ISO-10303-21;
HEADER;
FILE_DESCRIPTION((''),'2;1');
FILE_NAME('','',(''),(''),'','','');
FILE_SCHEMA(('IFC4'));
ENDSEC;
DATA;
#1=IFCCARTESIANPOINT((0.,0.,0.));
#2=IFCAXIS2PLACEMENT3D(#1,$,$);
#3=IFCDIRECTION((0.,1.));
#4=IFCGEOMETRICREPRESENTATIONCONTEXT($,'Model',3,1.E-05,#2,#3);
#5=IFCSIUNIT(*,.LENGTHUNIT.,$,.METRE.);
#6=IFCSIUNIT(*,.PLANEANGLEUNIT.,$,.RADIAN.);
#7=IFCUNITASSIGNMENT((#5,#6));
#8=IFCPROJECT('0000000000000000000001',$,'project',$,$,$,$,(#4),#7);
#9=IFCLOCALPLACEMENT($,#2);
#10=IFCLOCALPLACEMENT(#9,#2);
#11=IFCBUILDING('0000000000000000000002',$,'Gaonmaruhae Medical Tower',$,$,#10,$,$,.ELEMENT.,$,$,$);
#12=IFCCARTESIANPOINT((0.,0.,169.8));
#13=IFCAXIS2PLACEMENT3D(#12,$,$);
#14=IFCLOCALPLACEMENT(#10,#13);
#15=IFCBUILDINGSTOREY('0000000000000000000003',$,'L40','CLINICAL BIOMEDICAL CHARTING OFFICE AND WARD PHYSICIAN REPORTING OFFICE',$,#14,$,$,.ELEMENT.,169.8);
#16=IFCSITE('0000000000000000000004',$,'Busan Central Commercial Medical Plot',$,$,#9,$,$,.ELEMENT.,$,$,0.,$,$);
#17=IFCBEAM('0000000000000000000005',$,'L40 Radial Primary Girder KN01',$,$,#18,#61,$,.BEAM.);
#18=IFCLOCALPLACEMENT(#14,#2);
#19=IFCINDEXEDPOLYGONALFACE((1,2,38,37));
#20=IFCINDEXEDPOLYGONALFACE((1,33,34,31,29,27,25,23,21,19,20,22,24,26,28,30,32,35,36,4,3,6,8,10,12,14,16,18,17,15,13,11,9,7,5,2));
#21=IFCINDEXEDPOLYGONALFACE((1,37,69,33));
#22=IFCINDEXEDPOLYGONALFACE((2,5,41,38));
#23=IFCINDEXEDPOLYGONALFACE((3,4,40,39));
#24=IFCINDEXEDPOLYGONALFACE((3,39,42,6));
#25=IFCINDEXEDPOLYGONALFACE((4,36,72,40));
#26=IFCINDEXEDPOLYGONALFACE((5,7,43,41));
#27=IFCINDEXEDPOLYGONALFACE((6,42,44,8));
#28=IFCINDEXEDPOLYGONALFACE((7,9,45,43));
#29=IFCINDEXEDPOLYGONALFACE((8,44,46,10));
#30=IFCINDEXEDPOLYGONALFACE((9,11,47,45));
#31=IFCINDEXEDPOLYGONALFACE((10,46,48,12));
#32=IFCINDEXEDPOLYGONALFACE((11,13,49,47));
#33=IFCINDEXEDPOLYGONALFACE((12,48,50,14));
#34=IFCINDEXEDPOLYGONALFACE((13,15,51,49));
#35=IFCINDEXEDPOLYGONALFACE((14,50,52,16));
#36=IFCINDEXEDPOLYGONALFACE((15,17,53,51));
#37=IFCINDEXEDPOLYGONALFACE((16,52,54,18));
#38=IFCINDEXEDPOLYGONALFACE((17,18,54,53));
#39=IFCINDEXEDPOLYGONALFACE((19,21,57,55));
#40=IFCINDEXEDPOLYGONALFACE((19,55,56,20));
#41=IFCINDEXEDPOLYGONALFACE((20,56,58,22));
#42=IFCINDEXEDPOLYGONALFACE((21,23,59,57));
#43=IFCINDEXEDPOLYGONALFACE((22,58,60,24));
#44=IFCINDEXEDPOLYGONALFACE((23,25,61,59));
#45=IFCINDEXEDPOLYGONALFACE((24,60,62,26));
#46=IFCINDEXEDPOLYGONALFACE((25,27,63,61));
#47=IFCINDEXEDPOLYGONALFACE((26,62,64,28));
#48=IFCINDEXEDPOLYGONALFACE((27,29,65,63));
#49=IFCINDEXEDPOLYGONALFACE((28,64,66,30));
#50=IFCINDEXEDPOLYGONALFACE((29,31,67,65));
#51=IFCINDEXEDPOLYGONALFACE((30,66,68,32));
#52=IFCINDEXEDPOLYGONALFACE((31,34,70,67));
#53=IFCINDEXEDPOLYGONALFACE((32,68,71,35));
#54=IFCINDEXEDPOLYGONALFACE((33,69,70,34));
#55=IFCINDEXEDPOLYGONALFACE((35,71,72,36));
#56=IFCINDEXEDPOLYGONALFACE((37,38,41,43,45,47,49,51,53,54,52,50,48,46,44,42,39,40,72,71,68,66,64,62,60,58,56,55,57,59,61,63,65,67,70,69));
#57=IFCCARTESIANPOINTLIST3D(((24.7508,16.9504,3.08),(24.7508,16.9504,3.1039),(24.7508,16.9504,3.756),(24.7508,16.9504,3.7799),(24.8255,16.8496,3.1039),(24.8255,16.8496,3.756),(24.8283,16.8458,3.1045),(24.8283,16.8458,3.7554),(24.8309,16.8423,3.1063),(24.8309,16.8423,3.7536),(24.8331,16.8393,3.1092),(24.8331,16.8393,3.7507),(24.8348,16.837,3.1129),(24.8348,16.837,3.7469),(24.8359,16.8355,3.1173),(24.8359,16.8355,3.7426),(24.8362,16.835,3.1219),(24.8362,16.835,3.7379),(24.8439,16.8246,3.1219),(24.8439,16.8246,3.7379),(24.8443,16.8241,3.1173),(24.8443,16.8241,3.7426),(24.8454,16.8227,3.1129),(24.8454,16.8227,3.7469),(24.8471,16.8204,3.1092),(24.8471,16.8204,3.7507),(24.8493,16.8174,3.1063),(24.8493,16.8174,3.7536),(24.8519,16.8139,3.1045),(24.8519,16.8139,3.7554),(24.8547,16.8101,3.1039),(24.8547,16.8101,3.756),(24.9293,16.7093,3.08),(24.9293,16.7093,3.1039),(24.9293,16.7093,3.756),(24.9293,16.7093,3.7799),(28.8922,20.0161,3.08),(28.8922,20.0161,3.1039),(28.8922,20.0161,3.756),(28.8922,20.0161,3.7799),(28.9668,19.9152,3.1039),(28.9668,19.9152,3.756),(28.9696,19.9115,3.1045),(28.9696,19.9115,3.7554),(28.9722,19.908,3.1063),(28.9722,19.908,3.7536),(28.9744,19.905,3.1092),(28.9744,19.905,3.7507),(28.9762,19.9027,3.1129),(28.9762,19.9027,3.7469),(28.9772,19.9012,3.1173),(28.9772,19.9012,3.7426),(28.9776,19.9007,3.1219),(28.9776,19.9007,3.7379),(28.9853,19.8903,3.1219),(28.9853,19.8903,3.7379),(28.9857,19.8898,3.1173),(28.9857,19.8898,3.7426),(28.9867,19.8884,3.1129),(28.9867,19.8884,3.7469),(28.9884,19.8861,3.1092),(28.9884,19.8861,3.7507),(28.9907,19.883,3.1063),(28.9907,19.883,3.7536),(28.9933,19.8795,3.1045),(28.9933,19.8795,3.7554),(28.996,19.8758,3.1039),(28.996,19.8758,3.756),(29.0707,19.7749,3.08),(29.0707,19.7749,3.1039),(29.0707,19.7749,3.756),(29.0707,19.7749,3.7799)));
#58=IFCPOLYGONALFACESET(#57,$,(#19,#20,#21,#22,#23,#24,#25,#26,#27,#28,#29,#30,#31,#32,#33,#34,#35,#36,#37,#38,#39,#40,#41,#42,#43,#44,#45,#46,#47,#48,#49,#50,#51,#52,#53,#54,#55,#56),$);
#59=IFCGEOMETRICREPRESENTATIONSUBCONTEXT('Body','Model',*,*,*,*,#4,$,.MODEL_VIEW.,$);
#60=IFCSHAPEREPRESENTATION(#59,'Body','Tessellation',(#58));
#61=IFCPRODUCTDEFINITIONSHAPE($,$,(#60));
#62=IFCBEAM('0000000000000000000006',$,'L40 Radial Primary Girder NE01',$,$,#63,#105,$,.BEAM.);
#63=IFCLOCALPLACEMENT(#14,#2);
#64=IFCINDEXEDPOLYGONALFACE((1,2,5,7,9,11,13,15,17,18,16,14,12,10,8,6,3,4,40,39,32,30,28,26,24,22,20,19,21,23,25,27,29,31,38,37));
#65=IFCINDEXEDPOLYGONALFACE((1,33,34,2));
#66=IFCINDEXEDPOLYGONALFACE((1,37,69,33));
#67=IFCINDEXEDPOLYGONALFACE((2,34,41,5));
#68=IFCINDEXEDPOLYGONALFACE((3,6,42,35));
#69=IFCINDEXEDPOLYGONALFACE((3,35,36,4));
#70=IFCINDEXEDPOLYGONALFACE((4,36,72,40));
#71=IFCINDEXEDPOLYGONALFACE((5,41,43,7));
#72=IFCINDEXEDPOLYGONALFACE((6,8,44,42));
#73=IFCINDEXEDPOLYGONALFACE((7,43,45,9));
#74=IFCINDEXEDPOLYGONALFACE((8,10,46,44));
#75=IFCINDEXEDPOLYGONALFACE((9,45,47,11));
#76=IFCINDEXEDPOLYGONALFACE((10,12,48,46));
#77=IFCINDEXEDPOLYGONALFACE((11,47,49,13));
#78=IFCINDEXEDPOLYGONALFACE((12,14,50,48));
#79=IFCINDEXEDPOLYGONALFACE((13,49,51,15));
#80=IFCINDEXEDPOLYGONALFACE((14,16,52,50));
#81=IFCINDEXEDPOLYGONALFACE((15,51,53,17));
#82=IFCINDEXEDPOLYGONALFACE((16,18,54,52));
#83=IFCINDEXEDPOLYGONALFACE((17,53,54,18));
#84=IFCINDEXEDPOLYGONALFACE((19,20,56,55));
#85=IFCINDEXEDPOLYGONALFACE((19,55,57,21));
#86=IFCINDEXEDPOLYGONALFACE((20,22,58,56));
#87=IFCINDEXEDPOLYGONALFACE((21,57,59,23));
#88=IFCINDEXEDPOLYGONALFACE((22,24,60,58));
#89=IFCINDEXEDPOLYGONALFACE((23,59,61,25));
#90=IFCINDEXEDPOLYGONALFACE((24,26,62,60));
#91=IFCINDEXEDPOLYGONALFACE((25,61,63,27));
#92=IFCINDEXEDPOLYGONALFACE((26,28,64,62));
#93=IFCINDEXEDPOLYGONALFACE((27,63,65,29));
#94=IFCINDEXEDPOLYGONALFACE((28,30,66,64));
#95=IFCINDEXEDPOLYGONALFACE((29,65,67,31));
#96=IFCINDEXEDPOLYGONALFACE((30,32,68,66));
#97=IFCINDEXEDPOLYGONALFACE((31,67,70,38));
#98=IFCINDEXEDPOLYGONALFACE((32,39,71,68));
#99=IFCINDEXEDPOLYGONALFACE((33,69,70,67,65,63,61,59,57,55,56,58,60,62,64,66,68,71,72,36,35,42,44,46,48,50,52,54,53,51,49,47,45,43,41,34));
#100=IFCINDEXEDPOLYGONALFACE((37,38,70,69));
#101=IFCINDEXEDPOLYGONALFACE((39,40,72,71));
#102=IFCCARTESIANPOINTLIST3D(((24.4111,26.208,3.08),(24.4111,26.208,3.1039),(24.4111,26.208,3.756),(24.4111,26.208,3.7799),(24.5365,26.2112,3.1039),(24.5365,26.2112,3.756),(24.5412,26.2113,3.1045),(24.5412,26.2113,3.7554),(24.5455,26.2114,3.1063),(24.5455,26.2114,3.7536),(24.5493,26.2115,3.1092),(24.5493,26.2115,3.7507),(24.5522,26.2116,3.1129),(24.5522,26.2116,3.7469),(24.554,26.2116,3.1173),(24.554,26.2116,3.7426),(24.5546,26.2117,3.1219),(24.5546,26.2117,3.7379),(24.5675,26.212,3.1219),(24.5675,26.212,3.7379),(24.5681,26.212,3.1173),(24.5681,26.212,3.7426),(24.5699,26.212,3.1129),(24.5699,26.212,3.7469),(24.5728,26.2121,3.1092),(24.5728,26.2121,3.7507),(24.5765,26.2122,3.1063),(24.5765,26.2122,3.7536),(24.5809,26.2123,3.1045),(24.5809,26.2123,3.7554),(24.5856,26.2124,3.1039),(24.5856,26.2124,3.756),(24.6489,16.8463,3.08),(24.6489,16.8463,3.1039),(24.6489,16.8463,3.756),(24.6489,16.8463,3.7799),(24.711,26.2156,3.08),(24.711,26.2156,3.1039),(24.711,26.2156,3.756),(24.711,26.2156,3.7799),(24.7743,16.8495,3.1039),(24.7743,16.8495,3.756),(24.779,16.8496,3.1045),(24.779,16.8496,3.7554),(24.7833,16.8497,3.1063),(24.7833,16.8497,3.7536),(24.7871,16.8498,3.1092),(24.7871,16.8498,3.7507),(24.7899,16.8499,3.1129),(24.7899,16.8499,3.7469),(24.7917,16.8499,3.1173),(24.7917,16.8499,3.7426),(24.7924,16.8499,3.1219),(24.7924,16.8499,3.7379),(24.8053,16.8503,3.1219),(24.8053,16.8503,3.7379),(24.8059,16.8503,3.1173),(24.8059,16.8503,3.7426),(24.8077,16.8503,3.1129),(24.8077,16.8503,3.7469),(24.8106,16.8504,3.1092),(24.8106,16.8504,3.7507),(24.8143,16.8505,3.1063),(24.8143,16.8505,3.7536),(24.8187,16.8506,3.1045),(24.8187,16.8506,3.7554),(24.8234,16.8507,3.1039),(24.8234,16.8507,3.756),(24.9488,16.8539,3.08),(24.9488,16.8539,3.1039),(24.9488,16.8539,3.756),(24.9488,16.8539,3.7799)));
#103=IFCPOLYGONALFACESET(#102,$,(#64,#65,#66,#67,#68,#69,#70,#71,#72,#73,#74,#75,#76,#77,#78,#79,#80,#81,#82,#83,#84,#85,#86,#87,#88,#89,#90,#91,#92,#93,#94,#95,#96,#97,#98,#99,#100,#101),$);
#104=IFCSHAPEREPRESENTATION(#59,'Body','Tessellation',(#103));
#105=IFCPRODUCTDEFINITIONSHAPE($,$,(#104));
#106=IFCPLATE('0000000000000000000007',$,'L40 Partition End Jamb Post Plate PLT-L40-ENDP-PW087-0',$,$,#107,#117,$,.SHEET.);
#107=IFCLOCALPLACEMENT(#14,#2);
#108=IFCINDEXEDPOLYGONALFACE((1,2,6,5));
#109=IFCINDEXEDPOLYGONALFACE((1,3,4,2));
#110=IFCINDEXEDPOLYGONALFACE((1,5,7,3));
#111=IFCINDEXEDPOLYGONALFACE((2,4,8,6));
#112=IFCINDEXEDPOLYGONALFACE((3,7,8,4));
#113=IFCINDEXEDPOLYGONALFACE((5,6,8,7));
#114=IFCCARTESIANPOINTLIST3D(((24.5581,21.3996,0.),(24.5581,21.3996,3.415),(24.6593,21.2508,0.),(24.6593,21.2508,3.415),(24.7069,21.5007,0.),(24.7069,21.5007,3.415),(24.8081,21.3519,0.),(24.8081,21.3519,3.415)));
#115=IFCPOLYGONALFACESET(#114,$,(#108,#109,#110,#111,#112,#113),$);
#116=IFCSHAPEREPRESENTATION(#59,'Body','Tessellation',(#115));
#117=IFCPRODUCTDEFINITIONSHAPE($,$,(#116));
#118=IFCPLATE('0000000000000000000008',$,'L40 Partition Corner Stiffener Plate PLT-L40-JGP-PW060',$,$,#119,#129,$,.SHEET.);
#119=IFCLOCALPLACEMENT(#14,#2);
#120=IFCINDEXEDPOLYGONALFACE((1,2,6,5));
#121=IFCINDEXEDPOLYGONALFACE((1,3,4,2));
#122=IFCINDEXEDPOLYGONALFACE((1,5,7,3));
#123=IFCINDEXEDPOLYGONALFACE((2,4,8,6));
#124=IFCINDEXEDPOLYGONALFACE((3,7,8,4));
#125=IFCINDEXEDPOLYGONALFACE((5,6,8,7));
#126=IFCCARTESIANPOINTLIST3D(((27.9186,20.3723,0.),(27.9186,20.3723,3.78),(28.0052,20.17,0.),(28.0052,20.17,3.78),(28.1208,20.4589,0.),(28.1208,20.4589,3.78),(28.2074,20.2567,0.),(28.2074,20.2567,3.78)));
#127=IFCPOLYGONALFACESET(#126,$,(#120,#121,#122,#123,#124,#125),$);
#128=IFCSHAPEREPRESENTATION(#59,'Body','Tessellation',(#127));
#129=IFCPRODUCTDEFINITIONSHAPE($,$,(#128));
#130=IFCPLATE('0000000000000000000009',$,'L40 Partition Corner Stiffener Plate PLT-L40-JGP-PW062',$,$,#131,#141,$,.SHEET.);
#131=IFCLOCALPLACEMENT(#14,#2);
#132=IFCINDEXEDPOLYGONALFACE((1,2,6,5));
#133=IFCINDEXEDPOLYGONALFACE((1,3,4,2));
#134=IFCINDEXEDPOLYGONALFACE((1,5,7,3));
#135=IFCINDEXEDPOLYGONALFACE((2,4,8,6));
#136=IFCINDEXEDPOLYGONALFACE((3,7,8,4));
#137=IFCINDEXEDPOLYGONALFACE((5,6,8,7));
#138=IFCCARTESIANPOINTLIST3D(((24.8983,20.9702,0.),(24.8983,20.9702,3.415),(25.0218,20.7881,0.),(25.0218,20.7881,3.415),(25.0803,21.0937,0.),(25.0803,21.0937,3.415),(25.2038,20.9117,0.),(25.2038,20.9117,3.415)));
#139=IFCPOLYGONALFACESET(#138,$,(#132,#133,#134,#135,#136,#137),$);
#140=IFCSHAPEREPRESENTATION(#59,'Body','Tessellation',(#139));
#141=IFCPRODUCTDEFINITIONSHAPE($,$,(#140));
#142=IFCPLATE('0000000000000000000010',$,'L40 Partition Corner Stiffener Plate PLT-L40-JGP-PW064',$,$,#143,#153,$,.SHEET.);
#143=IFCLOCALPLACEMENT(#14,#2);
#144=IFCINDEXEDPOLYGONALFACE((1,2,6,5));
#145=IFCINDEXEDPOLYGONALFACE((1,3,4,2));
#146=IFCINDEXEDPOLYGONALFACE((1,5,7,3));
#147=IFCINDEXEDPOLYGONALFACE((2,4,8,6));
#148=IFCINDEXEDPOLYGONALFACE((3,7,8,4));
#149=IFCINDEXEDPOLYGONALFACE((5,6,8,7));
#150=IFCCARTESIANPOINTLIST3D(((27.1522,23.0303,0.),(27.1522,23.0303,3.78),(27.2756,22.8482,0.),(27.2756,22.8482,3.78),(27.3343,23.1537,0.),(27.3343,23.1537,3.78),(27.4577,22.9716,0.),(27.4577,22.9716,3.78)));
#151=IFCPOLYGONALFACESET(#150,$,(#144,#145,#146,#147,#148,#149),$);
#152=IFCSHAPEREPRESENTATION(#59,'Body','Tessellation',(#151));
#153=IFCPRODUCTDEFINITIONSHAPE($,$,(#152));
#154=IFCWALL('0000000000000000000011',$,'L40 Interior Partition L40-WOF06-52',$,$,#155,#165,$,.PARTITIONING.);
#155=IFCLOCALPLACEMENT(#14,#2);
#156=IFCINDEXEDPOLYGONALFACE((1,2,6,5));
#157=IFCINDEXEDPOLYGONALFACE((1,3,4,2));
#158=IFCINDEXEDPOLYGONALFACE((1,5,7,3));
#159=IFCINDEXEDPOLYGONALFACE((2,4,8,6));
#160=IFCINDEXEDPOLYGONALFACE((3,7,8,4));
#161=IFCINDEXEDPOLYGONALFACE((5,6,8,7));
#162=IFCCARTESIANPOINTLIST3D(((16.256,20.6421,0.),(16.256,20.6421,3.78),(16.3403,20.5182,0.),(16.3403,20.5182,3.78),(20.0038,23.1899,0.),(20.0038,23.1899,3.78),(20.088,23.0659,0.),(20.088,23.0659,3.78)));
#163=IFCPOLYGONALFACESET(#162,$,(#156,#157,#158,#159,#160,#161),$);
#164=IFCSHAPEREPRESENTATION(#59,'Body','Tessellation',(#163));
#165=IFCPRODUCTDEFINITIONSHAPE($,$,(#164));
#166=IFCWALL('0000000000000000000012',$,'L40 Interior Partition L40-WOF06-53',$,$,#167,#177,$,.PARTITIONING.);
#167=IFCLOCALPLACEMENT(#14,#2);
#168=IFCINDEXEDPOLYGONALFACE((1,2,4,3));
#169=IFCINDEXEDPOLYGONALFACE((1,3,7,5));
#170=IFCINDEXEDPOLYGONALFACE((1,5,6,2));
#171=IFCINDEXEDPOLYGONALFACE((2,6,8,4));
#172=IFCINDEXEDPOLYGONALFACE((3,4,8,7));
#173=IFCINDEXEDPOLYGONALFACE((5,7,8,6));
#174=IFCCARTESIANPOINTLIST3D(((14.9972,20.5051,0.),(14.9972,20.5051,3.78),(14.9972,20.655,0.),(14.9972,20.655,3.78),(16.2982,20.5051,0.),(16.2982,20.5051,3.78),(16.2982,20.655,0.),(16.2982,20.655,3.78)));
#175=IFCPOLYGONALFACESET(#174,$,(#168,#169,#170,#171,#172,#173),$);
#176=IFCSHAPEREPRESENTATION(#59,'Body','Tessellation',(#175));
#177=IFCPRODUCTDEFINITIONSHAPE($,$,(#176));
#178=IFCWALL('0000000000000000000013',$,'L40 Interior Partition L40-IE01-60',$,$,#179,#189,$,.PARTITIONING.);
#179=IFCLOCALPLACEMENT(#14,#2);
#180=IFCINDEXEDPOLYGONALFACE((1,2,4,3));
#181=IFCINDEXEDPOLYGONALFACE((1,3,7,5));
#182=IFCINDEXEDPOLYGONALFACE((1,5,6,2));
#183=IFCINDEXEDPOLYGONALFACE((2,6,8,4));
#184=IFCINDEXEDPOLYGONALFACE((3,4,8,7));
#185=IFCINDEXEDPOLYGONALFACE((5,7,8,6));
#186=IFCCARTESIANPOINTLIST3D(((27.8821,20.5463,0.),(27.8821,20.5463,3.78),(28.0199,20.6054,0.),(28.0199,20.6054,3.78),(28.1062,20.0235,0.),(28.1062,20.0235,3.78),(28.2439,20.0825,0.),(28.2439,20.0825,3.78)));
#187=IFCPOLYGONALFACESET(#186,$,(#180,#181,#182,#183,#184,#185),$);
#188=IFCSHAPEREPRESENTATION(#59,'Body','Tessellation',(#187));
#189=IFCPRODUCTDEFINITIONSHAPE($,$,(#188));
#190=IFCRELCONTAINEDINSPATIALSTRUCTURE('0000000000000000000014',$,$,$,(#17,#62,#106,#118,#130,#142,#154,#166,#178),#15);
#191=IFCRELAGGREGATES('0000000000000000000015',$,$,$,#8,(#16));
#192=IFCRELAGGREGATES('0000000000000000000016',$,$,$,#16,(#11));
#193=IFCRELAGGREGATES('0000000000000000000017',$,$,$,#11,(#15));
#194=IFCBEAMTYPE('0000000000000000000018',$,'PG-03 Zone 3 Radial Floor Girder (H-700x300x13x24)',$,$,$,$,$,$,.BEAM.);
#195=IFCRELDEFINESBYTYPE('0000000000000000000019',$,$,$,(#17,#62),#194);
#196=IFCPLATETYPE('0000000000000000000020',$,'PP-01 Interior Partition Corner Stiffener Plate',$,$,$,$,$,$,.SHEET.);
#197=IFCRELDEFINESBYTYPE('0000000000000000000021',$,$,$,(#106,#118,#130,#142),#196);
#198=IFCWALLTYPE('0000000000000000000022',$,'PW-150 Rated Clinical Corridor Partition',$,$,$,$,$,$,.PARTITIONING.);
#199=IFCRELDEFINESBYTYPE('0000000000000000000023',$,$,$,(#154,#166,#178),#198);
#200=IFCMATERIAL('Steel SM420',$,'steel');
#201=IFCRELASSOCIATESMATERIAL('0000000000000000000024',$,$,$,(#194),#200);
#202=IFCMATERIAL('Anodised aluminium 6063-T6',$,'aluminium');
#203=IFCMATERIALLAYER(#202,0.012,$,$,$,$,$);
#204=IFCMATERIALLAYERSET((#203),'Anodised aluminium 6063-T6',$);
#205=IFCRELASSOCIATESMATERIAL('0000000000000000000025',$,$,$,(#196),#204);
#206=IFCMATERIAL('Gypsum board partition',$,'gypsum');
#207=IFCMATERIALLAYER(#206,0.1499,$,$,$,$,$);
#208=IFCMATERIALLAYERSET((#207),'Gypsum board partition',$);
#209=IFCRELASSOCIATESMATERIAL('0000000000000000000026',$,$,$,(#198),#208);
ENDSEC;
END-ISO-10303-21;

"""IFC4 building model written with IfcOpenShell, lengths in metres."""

from ifc_helpers import new_model, si_unit, direction, frame, frame_2d, origin, origin_2d, place, context, subcontext, project, spatial, rectangle, i_section, extrude, material, layer, layer_set, material_profile, profile_set, type_object, element, save


model = new_model("IFC4")

# Units and contexts
model_context = context("Model", 3, precision=1e-05, world=origin(), true_north=direction((0.0, 1.0)))
body_context = subcontext(model_context, "Body", "Model", "MODEL_VIEW")
ifc_project = project(units=[si_unit("LENGTHUNIT", "METRE"), si_unit("PLANEANGLEUNIT", "RADIAN")], contexts=[model_context])

# Site, building, storey
site_placement = place(None, origin())
site = spatial("IfcSite", under=ifc_project, at=site_placement, Name="Busan Central Commercial Medical Plot", CompositionType="ELEMENT", RefElevation=0.0)
building_placement = place(site_placement, origin())
building = spatial("IfcBuilding", under=site, at=building_placement, Name="Gaonmaruhae Medical Tower", CompositionType="ELEMENT")
storey_placement = place(building_placement, frame((0.0, 0.0, 169.8)))
storey = spatial("IfcBuildingStorey", under=building, at=storey_placement, Name="L40", Description="CLINICAL BIOMEDICAL CHARTING OFFICE AND WARD PHYSICIAN REPORTING OFFICE", CompositionType="ELEMENT", Elevation=169.8)

# Beams
ifc_material_1 = material(Name="Steel SM420", Category="steel")
ifc_material_profile_1 = material_profile(ifc_material_1, i_section(OverallWidth=0.3, OverallDepth=0.7, WebThickness=0.0129, FlangeThickness=0.0239, FilletRadius=0.0181, at=origin_2d()), Name="H-700x300x13x24")
ifc_profile_set_1 = profile_set([ifc_material_profile_1], Name="Steel SM420")
beam_type_1 = type_object("IfcBeamType", Name="PG-03 Zone 3 Radial Floor Girder (H-700x300x13x24)", PredefinedType="BEAM", material=ifc_profile_set_1)
beam_1_placement = place(storey_placement, frame((24.8401, 16.8298, 3.4299), z_axis=(0.803743, 0.594977, 0.0), x_axis=(-0.594977, 0.803743, 0.0)))
element("IfcBeam", 1, at=beam_1_placement, inside=storey, type_object=beam_type_1, Name="L40 Radial Primary Girder KN01", PredefinedType="BEAM", context=body_context, shape_type="SweptSolid", body=[
    extrude(i_section(OverallWidth=0.3, OverallDepth=0.7, WebThickness=0.0129, FlangeThickness=0.0239, FilletRadius=0.0181, at=origin_2d()), origin(), (0.0, 0.0, 1.0), 5.1526),
])
beam_2_placement = place(storey_placement, frame((24.7988, 16.8501, 3.4299), z_axis=(-0.025392, 0.999678, 0.0), x_axis=(-0.999678, -0.025392, 0.0)))
element("IfcBeam", 2, at=beam_2_placement, inside=storey, type_object=beam_type_1, Name="L40 Radial Primary Girder NE01", PredefinedType="BEAM", context=body_context, shape_type="SweptSolid", body=[
    extrude(i_section(OverallWidth=0.3, OverallDepth=0.7, WebThickness=0.0129, FlangeThickness=0.0239, FilletRadius=0.0181, at=origin_2d()), origin(), (0.0, 0.0, 1.0), 9.3647),
])

# Plates
ifc_material_2 = material(Name="Anodised aluminium 6063-T6", Category="aluminium")
ifc_layer_1 = layer(ifc_material_2, 0.012)
ifc_layer_set_1 = layer_set([ifc_layer_1], Name="Anodised aluminium 6063-T6")
plate_type = type_object("IfcPlateType", Name="PP-01 Interior Partition Corner Stiffener Plate", PredefinedType="SHEET", material=ifc_layer_set_1)
plate_1_placement = place(storey_placement, frame((24.6831, 21.3757, 0.0), z_axis=(0.0, 0.0, 1.0), x_axis=(-0.562141, 0.827041, 0.0)))
element("IfcPlate", 3, at=plate_1_placement, inside=storey, type_object=plate_type, Name="L40 Partition End Jamb Post Plate PLT-L40-ENDP-PW087-0", PredefinedType="SHEET", context=body_context, shape_type="SweptSolid", body=[
    extrude(rectangle(XDim=0.1799, YDim=0.1799, at=origin_2d()), origin(), (0.0, 0.0, 1.0), 3.415),
])
plate_2_placement = place(storey_placement, frame((28.063, 20.3145, 0.0), z_axis=(0.0, 0.0, 1.0), x_axis=(-0.393701, 0.919238, 0.0)))
element("IfcPlate", 4, at=plate_2_placement, inside=storey, type_object=plate_type, Name="L40 Partition Corner Stiffener Plate PLT-L40-JGP-PW060", PredefinedType="SHEET", context=body_context, shape_type="SweptSolid", body=[
    extrude(rectangle(XDim=0.22, YDim=0.22, at=origin_2d()), origin(), (0.0, 0.0, 1.0), 3.78),
])
plate_3_placement = place(storey_placement, frame((25.051, 20.9409, 0.0), z_axis=(0.0, 0.0, 1.0), x_axis=(-0.561564, 0.827434, 0.0)))
element("IfcPlate", 5, at=plate_3_placement, inside=storey, type_object=plate_type, Name="L40 Partition Corner Stiffener Plate PLT-L40-JGP-PW062", PredefinedType="SHEET", context=body_context, shape_type="SweptSolid", body=[
    extrude(rectangle(XDim=0.22, YDim=0.22, at=origin_2d()), origin(), (0.0, 0.0, 1.0), 3.415),
])
plate_4_placement = place(storey_placement, frame((27.3049, 23.001, 0.0), z_axis=(0.0, 0.0, 1.0), x_axis=(0.827776, 0.561058, 0.0)))
element("IfcPlate", 6, at=plate_4_placement, inside=storey, type_object=plate_type, Name="L40 Partition Corner Stiffener Plate PLT-L40-JGP-PW064", PredefinedType="SHEET", context=body_context, shape_type="SweptSolid", body=[
    extrude(rectangle(XDim=0.22, YDim=0.22, at=origin_2d()), origin(), (0.0, 0.0, 1.0), 3.78),
])

# Walls
ifc_material_3 = material(Name="Gypsum board partition", Category="gypsum")
ifc_layer_2 = layer(ifc_material_3, 0.1499)
ifc_layer_set_2 = layer_set([ifc_layer_2], Name="Gypsum board partition")
wall_type = type_object("IfcWallType", Name="PW-150 Rated Clinical Corridor Partition", PredefinedType="PARTITIONING", material=ifc_layer_set_2)
wall_1_placement = place(storey_placement, frame((20.0459, 23.1279, 0.0), z_axis=(0.0, 0.0, 1.0), x_axis=(-0.826994, -0.562211, 0.0)))
element("IfcWall", 7, at=wall_1_placement, inside=storey, type_object=wall_type, Name="L40 Interior Partition L40-WOF06-52", PredefinedType="PARTITIONING", context=body_context, shape_type="SweptSolid", body=[
    extrude(rectangle(XDim=4.5317, YDim=0.1499, at=frame_2d((2.2659, 0.0))), origin(), (0.0, 0.0, 1.0), 3.78),
])
wall_2_placement = place(storey_placement, frame((16.2981, 20.5801, 0.0), z_axis=(0.0, 0.0, 1.0), x_axis=(-1.0, 0.0, 0.0)))
element("IfcWall", 8, at=wall_2_placement, inside=storey, type_object=wall_type, Name="L40 Interior Partition L40-WOF06-53", PredefinedType="PARTITIONING", context=body_context, shape_type="SweptSolid", body=[
    extrude(rectangle(XDim=1.301, YDim=0.1499, at=frame_2d((0.6504, 0.0))), origin(), (0.0, 0.0, 1.0), 3.78),
])
wall_3_placement = place(storey_placement, frame((28.175, 20.053, 0.0), z_axis=(0.0, 0.0, 1.0), x_axis=(-0.393919, 0.919145, 0.0)))
element("IfcWall", 9, at=wall_3_placement, inside=storey, type_object=wall_type, Name="L40 Interior Partition L40-IE01-60", PredefinedType="PARTITIONING", context=body_context, shape_type="SweptSolid", body=[
    extrude(rectangle(XDim=0.5688, YDim=0.1499, at=frame_2d((0.2844, 0.0))), origin(), (0.0, 0.0, 1.0), 3.78),
])

save(model, "model.ifc")
